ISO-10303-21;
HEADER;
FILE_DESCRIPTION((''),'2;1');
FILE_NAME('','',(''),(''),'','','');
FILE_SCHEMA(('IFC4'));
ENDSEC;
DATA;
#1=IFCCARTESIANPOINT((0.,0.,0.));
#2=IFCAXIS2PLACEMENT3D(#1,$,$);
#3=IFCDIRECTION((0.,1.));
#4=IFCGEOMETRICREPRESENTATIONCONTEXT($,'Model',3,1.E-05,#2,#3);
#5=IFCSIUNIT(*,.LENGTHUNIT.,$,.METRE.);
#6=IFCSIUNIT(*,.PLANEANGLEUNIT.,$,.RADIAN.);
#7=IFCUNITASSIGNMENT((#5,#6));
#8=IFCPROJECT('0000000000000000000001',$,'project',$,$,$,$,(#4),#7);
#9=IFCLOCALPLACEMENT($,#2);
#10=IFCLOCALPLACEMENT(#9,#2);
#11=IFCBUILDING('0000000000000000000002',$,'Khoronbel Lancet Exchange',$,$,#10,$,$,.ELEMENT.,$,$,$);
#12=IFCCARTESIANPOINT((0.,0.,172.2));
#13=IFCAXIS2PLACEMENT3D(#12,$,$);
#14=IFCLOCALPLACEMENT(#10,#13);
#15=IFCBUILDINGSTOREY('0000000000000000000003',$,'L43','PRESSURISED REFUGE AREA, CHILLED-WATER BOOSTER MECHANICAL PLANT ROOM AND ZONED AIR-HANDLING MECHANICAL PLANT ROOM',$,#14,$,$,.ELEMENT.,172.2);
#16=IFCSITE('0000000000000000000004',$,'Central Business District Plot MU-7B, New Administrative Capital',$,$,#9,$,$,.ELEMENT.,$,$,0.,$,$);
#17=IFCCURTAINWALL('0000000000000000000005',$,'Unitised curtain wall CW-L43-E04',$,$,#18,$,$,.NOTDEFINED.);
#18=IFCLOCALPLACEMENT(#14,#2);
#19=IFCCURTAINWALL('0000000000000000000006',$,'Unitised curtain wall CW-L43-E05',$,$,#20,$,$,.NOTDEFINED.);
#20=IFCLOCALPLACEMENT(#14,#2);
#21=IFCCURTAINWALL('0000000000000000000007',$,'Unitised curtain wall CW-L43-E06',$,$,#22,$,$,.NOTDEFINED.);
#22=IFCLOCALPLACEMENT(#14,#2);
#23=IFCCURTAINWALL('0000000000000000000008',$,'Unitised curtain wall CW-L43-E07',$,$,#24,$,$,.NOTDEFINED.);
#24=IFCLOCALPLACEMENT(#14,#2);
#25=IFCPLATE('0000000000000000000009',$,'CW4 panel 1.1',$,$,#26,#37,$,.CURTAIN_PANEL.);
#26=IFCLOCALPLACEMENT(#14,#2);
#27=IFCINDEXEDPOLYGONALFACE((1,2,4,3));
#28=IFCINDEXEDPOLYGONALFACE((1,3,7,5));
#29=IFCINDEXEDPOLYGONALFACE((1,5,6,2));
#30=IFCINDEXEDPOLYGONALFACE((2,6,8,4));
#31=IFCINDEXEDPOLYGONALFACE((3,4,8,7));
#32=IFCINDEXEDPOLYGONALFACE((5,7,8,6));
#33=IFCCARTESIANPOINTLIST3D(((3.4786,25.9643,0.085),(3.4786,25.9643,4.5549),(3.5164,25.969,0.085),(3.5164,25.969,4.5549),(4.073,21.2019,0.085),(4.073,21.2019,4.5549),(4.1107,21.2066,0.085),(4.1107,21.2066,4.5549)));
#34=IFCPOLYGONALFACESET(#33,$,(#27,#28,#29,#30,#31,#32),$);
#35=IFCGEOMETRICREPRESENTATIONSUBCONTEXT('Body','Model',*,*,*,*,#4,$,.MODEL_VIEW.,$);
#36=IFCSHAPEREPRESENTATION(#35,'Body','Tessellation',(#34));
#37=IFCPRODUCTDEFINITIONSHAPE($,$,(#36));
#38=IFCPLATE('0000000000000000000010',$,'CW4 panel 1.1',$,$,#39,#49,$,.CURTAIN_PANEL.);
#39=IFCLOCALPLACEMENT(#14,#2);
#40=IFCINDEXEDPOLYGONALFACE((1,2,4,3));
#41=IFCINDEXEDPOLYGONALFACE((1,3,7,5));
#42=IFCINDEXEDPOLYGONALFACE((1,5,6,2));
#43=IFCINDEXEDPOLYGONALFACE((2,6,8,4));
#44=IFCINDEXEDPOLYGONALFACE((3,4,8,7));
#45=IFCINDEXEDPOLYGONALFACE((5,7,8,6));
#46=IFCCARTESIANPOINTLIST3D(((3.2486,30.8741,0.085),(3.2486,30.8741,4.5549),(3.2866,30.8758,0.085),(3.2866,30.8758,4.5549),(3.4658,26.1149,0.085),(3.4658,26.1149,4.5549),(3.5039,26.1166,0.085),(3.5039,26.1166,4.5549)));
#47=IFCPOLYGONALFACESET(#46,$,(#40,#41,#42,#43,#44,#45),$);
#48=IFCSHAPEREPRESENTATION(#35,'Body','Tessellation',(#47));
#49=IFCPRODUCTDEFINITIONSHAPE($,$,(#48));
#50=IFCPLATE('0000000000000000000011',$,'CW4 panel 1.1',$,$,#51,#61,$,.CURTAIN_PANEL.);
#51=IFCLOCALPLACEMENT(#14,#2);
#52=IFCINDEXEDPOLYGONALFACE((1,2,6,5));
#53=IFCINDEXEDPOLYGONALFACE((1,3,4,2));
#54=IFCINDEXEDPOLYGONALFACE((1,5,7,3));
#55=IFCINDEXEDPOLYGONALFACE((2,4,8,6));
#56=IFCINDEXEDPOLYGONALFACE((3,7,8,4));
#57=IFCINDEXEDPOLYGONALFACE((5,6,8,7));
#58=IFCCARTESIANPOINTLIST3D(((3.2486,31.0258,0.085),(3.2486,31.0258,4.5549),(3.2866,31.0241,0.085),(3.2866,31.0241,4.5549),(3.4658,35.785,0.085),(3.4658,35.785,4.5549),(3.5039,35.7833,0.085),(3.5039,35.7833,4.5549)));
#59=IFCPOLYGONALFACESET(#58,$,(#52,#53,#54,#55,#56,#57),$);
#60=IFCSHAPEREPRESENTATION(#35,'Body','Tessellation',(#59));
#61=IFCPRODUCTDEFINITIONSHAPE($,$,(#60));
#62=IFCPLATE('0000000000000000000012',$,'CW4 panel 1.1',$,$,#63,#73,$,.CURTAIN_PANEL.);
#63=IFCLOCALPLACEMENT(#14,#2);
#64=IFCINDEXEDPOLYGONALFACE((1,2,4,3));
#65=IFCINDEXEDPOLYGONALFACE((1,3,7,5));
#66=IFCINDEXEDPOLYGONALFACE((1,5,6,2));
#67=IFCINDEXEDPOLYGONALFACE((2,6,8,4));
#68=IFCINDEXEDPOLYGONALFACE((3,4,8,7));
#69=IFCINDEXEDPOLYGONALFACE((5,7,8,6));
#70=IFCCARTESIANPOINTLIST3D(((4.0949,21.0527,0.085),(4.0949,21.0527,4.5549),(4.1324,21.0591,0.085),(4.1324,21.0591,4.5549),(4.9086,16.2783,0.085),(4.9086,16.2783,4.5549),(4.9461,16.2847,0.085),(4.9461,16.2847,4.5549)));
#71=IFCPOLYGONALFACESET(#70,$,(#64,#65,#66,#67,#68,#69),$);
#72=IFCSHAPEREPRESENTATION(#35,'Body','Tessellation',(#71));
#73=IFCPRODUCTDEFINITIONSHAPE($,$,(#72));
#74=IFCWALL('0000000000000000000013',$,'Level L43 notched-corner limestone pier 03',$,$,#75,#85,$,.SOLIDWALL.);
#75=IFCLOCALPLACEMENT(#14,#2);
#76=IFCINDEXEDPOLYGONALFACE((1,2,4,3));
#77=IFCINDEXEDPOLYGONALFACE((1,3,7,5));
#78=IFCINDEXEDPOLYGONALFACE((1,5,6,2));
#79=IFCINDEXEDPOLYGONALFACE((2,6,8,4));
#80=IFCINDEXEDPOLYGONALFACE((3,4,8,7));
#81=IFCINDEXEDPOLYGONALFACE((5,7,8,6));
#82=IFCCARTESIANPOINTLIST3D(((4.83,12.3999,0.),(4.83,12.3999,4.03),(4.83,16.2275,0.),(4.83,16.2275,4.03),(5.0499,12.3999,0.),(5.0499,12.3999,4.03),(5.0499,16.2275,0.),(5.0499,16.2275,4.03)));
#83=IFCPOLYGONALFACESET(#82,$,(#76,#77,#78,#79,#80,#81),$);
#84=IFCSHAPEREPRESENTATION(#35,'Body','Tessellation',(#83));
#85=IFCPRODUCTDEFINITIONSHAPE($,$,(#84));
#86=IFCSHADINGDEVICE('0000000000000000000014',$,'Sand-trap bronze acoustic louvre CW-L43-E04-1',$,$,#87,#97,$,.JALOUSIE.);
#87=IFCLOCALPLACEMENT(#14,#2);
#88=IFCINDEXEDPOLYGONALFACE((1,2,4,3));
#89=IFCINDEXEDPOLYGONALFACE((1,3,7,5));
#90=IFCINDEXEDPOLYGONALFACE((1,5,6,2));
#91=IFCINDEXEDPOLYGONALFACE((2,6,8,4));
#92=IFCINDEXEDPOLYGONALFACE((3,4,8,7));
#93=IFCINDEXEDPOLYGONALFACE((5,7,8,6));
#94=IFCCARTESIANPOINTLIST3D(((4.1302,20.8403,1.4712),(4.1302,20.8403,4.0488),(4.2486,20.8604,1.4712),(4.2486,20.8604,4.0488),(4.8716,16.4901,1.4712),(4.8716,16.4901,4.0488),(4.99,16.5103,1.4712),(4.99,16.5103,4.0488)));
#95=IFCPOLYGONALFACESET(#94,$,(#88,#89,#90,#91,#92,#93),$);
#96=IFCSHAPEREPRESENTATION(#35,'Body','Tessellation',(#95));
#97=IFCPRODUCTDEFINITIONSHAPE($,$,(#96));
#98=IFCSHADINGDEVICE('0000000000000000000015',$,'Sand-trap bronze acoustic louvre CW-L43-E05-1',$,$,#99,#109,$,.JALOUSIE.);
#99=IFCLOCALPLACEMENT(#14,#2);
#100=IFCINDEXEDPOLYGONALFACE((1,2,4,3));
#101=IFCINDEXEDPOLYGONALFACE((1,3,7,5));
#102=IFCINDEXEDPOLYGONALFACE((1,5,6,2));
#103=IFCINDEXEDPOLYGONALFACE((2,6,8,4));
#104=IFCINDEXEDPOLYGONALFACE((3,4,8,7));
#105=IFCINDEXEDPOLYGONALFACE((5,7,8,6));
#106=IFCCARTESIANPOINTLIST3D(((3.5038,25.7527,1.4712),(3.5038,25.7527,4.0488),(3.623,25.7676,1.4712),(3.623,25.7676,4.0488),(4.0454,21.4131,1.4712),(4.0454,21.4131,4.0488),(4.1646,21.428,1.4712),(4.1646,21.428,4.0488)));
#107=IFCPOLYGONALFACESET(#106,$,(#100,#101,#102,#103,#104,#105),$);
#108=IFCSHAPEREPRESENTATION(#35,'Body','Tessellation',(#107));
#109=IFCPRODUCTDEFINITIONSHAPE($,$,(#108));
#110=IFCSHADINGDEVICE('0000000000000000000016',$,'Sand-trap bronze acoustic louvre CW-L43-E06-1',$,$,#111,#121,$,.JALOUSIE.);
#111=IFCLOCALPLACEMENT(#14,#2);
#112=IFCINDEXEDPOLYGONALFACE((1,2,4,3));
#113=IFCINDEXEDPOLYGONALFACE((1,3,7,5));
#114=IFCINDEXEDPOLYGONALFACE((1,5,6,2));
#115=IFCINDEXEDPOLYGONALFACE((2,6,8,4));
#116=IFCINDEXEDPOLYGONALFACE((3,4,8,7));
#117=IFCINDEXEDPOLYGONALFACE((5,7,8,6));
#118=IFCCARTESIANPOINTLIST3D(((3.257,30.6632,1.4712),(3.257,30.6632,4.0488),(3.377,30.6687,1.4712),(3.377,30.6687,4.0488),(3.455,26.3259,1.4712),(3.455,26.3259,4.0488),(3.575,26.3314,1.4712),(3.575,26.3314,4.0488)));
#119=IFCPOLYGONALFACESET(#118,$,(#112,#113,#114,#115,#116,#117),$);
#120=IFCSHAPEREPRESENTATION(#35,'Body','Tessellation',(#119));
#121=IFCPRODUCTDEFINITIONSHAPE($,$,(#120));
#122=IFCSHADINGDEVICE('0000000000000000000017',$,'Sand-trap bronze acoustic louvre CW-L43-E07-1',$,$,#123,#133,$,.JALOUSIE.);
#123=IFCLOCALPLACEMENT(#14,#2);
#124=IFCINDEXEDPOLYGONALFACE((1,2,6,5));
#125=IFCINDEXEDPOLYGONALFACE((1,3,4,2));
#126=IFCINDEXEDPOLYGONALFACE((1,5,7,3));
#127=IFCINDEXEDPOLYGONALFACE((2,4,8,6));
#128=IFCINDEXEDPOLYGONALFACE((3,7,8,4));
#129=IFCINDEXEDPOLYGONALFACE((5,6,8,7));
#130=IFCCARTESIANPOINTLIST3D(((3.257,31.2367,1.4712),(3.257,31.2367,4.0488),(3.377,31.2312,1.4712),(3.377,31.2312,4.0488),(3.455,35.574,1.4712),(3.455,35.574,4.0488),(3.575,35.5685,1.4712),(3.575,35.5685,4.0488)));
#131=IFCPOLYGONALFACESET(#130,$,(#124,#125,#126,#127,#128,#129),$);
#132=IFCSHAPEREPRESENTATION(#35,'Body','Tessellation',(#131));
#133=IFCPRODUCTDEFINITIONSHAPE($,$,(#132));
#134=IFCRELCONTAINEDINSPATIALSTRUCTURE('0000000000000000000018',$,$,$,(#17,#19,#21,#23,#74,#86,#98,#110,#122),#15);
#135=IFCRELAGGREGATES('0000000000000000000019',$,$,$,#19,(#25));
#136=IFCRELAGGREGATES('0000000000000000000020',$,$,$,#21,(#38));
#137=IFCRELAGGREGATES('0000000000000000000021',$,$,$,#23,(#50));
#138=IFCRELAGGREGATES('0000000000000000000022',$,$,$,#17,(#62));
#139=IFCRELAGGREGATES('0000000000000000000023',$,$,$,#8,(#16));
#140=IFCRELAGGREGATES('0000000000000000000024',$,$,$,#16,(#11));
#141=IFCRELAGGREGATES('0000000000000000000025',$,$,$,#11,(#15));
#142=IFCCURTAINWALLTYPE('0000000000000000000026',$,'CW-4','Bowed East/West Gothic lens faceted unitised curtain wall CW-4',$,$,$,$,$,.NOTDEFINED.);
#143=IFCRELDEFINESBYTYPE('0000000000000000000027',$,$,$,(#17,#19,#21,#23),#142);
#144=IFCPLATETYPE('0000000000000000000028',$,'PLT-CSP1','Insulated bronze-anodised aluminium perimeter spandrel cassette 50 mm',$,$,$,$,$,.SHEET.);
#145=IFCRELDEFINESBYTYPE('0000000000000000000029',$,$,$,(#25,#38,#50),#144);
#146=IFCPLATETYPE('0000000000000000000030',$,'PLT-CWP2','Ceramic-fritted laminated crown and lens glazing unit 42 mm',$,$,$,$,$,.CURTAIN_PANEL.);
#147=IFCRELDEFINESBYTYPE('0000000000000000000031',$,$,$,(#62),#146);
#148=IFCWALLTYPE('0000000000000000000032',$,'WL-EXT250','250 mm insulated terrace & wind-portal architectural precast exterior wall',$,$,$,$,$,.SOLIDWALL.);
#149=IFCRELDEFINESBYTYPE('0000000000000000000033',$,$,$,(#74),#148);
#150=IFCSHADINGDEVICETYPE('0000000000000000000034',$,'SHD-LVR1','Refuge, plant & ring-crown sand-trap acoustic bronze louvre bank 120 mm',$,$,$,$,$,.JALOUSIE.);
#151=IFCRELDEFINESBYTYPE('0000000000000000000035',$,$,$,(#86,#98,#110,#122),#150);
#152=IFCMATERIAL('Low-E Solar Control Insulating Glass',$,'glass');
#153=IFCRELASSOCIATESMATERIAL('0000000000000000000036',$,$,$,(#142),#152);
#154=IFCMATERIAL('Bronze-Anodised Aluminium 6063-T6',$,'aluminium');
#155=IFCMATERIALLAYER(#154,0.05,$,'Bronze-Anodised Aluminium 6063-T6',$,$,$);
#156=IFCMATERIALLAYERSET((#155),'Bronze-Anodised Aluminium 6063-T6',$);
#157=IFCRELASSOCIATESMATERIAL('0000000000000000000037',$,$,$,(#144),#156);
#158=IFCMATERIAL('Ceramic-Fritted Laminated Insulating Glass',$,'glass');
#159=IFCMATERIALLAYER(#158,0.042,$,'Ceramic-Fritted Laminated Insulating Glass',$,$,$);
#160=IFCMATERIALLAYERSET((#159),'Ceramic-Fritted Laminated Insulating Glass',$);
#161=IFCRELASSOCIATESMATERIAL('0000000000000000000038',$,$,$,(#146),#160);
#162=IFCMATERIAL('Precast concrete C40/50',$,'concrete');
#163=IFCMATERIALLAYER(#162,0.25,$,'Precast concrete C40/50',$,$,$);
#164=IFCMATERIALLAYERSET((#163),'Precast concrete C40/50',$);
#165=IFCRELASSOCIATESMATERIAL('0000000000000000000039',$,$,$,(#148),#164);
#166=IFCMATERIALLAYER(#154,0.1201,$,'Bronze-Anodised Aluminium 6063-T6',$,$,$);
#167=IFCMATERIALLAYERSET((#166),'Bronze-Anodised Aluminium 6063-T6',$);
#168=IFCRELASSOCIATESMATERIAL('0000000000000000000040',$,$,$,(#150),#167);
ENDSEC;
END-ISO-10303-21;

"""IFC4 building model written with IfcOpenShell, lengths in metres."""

from ifc_helpers import new_model, si_unit, direction, frame, frame_2d, origin, origin_2d, place, context, subcontext, project, spatial, rectangle, extrude, material, layer, layer_set, type_object, element, aggregate, save


model = new_model("IFC4")

# Units and contexts
model_context = context("Model", 3, precision=1e-05, world=origin(), true_north=direction((0.0, 1.0)))
body_context = subcontext(model_context, "Body", "Model", "MODEL_VIEW")
ifc_project = project(units=[si_unit("LENGTHUNIT", "METRE"), si_unit("PLANEANGLEUNIT", "RADIAN")], contexts=[model_context])

# Site, building, storey
site_placement = place(None, origin())
site = spatial("IfcSite", under=ifc_project, at=site_placement, Name="Central Business District Plot MU-7B, New Administrative Capital", CompositionType="ELEMENT", RefElevation=0.0)
building_placement = place(site_placement, origin())
building = spatial("IfcBuilding", under=site, at=building_placement, Name="Khoronbel Lancet Exchange", CompositionType="ELEMENT")
storey_placement = place(building_placement, frame((0.0, 0.0, 172.2)))
storey = spatial("IfcBuildingStorey", under=building, at=storey_placement, Name="L43", Description="PRESSURISED REFUGE AREA, CHILLED-WATER BOOSTER MECHANICAL PLANT ROOM AND ZONED AIR-HANDLING MECHANICAL PLANT ROOM", CompositionType="ELEMENT", Elevation=172.2)

# Curtain walls
ifc_material_1 = material(Name="Low-E Solar Control Insulating Glass", Category="glass")
curtain_wall_type = type_object("IfcCurtainWallType", Name="CW-4", Description="Bowed East/West Gothic lens faceted unitised curtain wall CW-4", PredefinedType="NOTDEFINED", material=ifc_material_1)
curtain_wall_1_placement = place(storey_placement, origin())
curtain_wall_1 = element("IfcCurtainWall", 1, at=curtain_wall_1_placement, inside=storey, type_object=curtain_wall_type, Name="Unitised curtain wall CW-L43-E04", PredefinedType="NOTDEFINED")
ifc_material_2 = material(Name="Bronze-Anodised Aluminium 6063-T6", Category="aluminium")
curtain_wall_2_placement = place(storey_placement, origin())
curtain_wall_2 = element("IfcCurtainWall", 2, at=curtain_wall_2_placement, inside=storey, type_object=curtain_wall_type, Name="Unitised curtain wall CW-L43-E05", PredefinedType="NOTDEFINED")
curtain_wall_3_placement = place(storey_placement, origin())
curtain_wall_3 = element("IfcCurtainWall", 3, at=curtain_wall_3_placement, inside=storey, type_object=curtain_wall_type, Name="Unitised curtain wall CW-L43-E06", PredefinedType="NOTDEFINED")

# Curtain wall
curtain_wall_4_placement = place(storey_placement, origin())
curtain_wall_4 = element("IfcCurtainWall", 4, at=curtain_wall_4_placement, inside=storey, type_object=curtain_wall_type, Name="Unitised curtain wall CW-L43-E07", PredefinedType="NOTDEFINED")

# Plates
ifc_layer_1 = layer(ifc_material_2, 0.05, Name="Bronze-Anodised Aluminium 6063-T6")
ifc_layer_set_1 = layer_set([ifc_layer_1], Name="Bronze-Anodised Aluminium 6063-T6")
plate_type_1 = type_object("IfcPlateType", Name="PLT-CSP1", Description="Insulated bronze-anodised aluminium perimeter spandrel cassette 50 mm", PredefinedType="SHEET", material=ifc_layer_set_1)
plate_1_placement = place(storey_placement, frame((3.7947, 23.5854, 0.085), z_axis=(0.0, 0.0, 1.0), x_axis=(-0.123838, 0.992302, 0.0)))
plate_1 = element("IfcPlate", 5, at=plate_1_placement, type_object=plate_type_1, Name="CW4 panel 1.1", PredefinedType="CURTAIN_PANEL", context=body_context, shape_type="SweptSolid", body=[
    extrude(rectangle(XDim=4.7993, YDim=0.0381, at=origin_2d()), origin(), (0.0, 0.0, 1.0), 4.47),
])
aggregate(curtain_wall_2, [plate_1])
plate_2_placement = place(storey_placement, frame((3.3762, 28.4954, 0.085), z_axis=(0.0, 0.0, 1.0), x_axis=(-0.045602, 0.99896, 0.0)))
plate_2 = element("IfcPlate", 6, at=plate_2_placement, type_object=plate_type_1, Name="CW4 panel 1.1", PredefinedType="CURTAIN_PANEL", context=body_context, shape_type="SweptSolid", body=[
    extrude(rectangle(XDim=4.7642, YDim=0.0381, at=origin_2d()), origin(), (0.0, 0.0, 1.0), 4.47),
])
aggregate(curtain_wall_3, [plate_2])
plate_3_placement = place(storey_placement, frame((3.3762, 33.4045, 0.085), z_axis=(0.0, 0.0, 1.0), x_axis=(0.045602, 0.99896, 0.0)))
plate_3 = element("IfcPlate", 7, at=plate_3_placement, type_object=plate_type_1, Name="CW4 panel 1.1", PredefinedType="CURTAIN_PANEL", context=body_context, shape_type="SweptSolid", body=[
    extrude(rectangle(XDim=4.7642, YDim=0.0381, at=origin_2d()), origin(), (0.0, 0.0, 1.0), 4.47),
])
aggregate(curtain_wall_4, [plate_3])
ifc_material_3 = material(Name="Ceramic-Fritted Laminated Insulating Glass", Category="glass")
ifc_layer_2 = layer(ifc_material_3, 0.042, Name="Ceramic-Fritted Laminated Insulating Glass")
ifc_layer_set_2 = layer_set([ifc_layer_2], Name="Ceramic-Fritted Laminated Insulating Glass")
plate_type_2 = type_object("IfcPlateType", Name="PLT-CWP2", Description="Ceramic-fritted laminated crown and lens glazing unit 42 mm", PredefinedType="CURTAIN_PANEL", material=ifc_layer_set_2)
plate_4_placement = place(storey_placement, frame((4.5205, 18.6687, 0.085), z_axis=(0.0, 0.0, 1.0), x_axis=(-0.168009, 0.985785, 0.0)))
plate_4 = element("IfcPlate", 8, at=plate_4_placement, type_object=plate_type_2, Name="CW4 panel 1.1", PredefinedType="CURTAIN_PANEL", context=body_context, shape_type="SweptSolid", body=[
    extrude(rectangle(XDim=4.8433, YDim=0.0381, at=origin_2d()), origin(), (0.0, 0.0, 1.0), 4.47),
])
aggregate(curtain_wall_1, [plate_4])

# Wall
ifc_material_4 = material(Name="Precast concrete C40/50", Category="concrete")
ifc_layer_3 = layer(ifc_material_4, 0.25, Name="Precast concrete C40/50")
ifc_layer_set_3 = layer_set([ifc_layer_3], Name="Precast concrete C40/50")
wall_type = type_object("IfcWallType", Name="WL-EXT250", Description="250 mm insulated terrace & wind-portal architectural precast exterior wall", PredefinedType="SOLIDWALL", material=ifc_layer_set_3)
wall_placement = place(storey_placement, frame((4.9399, 12.3999, 0.0), z_axis=(0.0, 0.0, 1.0), x_axis=(0.0, 1.0, 0.0)))
element("IfcWall", 9, at=wall_placement, inside=storey, type_object=wall_type, Name="Level L43 notched-corner limestone pier 03", PredefinedType="SOLIDWALL", context=body_context, shape_type="SweptSolid", body=[
    extrude(rectangle(XDim=3.8276, YDim=0.22, at=frame_2d((1.9138, 0.0))), origin(), (0.0, 0.0, 1.0), 4.03),
])

# Shading devices
ifc_layer_4 = layer(ifc_material_2, 0.1201, Name="Bronze-Anodised Aluminium 6063-T6")
ifc_layer_set_4 = layer_set([ifc_layer_4], Name="Bronze-Anodised Aluminium 6063-T6")
shading_device_type = type_object("IfcShadingDeviceType", Name="SHD-LVR1", Description="Refuge, plant & ring-crown sand-trap acoustic bronze louvre bank 120 mm", PredefinedType="JALOUSIE", material=ifc_layer_set_4)
shading_device_1_placement = place(storey_placement, frame((4.5601, 18.6753, 1.4712), z_axis=(0.0, 0.0, 1.0), x_axis=(-0.168009, 0.985785, 0.0)))
element("IfcShadingDevice", 10, at=shading_device_1_placement, inside=storey, type_object=shading_device_type, Name="Sand-trap bronze acoustic louvre CW-L43-E04-1", PredefinedType="JALOUSIE", context=body_context, shape_type="SweptSolid", body=[
    extrude(rectangle(XDim=4.4128, YDim=0.1201, at=origin_2d()), origin(), (0.0, 0.0, 1.0), 2.5776),
])
shading_device_2_placement = place(storey_placement, frame((3.8342, 23.5903, 1.4712), z_axis=(0.0, 0.0, 1.0), x_axis=(-0.123838, 0.992302, 0.0)))
element("IfcShadingDevice", 11, at=shading_device_2_placement, inside=storey, type_object=shading_device_type, Name="Sand-trap bronze acoustic louvre CW-L43-E05-1", PredefinedType="JALOUSIE", context=body_context, shape_type="SweptSolid", body=[
    extrude(rectangle(XDim=4.3733, YDim=0.1201, at=origin_2d()), origin(), (0.0, 0.0, 1.0), 2.5776),
])
for number, where, z_axis, x_axis, name in (
    (12, (3.416, 28.4973, 1.4712), (0.0, 0.0, 1.0), (-0.045602, 0.99896, 0.0), "Sand-trap bronze acoustic louvre CW-L43-E06-1"),
    (13, (3.416, 33.4026, 1.4712), (0.0, 0.0, 1.0), (0.045602, 0.99896, 0.0), "Sand-trap bronze acoustic louvre CW-L43-E07-1"),
):
    element("IfcShadingDevice", number, at=place(storey_placement, frame(where, z_axis=z_axis, x_axis=x_axis)), inside=storey, type_object=shading_device_type, Name=name, PredefinedType="JALOUSIE", context=body_context, shape_type="SweptSolid", body=[
        extrude(rectangle(XDim=4.3418, YDim=0.1201, at=origin_2d()), origin(), (0.0, 0.0, 1.0), 2.5776),
    ])

save(model, "model.ifc")
